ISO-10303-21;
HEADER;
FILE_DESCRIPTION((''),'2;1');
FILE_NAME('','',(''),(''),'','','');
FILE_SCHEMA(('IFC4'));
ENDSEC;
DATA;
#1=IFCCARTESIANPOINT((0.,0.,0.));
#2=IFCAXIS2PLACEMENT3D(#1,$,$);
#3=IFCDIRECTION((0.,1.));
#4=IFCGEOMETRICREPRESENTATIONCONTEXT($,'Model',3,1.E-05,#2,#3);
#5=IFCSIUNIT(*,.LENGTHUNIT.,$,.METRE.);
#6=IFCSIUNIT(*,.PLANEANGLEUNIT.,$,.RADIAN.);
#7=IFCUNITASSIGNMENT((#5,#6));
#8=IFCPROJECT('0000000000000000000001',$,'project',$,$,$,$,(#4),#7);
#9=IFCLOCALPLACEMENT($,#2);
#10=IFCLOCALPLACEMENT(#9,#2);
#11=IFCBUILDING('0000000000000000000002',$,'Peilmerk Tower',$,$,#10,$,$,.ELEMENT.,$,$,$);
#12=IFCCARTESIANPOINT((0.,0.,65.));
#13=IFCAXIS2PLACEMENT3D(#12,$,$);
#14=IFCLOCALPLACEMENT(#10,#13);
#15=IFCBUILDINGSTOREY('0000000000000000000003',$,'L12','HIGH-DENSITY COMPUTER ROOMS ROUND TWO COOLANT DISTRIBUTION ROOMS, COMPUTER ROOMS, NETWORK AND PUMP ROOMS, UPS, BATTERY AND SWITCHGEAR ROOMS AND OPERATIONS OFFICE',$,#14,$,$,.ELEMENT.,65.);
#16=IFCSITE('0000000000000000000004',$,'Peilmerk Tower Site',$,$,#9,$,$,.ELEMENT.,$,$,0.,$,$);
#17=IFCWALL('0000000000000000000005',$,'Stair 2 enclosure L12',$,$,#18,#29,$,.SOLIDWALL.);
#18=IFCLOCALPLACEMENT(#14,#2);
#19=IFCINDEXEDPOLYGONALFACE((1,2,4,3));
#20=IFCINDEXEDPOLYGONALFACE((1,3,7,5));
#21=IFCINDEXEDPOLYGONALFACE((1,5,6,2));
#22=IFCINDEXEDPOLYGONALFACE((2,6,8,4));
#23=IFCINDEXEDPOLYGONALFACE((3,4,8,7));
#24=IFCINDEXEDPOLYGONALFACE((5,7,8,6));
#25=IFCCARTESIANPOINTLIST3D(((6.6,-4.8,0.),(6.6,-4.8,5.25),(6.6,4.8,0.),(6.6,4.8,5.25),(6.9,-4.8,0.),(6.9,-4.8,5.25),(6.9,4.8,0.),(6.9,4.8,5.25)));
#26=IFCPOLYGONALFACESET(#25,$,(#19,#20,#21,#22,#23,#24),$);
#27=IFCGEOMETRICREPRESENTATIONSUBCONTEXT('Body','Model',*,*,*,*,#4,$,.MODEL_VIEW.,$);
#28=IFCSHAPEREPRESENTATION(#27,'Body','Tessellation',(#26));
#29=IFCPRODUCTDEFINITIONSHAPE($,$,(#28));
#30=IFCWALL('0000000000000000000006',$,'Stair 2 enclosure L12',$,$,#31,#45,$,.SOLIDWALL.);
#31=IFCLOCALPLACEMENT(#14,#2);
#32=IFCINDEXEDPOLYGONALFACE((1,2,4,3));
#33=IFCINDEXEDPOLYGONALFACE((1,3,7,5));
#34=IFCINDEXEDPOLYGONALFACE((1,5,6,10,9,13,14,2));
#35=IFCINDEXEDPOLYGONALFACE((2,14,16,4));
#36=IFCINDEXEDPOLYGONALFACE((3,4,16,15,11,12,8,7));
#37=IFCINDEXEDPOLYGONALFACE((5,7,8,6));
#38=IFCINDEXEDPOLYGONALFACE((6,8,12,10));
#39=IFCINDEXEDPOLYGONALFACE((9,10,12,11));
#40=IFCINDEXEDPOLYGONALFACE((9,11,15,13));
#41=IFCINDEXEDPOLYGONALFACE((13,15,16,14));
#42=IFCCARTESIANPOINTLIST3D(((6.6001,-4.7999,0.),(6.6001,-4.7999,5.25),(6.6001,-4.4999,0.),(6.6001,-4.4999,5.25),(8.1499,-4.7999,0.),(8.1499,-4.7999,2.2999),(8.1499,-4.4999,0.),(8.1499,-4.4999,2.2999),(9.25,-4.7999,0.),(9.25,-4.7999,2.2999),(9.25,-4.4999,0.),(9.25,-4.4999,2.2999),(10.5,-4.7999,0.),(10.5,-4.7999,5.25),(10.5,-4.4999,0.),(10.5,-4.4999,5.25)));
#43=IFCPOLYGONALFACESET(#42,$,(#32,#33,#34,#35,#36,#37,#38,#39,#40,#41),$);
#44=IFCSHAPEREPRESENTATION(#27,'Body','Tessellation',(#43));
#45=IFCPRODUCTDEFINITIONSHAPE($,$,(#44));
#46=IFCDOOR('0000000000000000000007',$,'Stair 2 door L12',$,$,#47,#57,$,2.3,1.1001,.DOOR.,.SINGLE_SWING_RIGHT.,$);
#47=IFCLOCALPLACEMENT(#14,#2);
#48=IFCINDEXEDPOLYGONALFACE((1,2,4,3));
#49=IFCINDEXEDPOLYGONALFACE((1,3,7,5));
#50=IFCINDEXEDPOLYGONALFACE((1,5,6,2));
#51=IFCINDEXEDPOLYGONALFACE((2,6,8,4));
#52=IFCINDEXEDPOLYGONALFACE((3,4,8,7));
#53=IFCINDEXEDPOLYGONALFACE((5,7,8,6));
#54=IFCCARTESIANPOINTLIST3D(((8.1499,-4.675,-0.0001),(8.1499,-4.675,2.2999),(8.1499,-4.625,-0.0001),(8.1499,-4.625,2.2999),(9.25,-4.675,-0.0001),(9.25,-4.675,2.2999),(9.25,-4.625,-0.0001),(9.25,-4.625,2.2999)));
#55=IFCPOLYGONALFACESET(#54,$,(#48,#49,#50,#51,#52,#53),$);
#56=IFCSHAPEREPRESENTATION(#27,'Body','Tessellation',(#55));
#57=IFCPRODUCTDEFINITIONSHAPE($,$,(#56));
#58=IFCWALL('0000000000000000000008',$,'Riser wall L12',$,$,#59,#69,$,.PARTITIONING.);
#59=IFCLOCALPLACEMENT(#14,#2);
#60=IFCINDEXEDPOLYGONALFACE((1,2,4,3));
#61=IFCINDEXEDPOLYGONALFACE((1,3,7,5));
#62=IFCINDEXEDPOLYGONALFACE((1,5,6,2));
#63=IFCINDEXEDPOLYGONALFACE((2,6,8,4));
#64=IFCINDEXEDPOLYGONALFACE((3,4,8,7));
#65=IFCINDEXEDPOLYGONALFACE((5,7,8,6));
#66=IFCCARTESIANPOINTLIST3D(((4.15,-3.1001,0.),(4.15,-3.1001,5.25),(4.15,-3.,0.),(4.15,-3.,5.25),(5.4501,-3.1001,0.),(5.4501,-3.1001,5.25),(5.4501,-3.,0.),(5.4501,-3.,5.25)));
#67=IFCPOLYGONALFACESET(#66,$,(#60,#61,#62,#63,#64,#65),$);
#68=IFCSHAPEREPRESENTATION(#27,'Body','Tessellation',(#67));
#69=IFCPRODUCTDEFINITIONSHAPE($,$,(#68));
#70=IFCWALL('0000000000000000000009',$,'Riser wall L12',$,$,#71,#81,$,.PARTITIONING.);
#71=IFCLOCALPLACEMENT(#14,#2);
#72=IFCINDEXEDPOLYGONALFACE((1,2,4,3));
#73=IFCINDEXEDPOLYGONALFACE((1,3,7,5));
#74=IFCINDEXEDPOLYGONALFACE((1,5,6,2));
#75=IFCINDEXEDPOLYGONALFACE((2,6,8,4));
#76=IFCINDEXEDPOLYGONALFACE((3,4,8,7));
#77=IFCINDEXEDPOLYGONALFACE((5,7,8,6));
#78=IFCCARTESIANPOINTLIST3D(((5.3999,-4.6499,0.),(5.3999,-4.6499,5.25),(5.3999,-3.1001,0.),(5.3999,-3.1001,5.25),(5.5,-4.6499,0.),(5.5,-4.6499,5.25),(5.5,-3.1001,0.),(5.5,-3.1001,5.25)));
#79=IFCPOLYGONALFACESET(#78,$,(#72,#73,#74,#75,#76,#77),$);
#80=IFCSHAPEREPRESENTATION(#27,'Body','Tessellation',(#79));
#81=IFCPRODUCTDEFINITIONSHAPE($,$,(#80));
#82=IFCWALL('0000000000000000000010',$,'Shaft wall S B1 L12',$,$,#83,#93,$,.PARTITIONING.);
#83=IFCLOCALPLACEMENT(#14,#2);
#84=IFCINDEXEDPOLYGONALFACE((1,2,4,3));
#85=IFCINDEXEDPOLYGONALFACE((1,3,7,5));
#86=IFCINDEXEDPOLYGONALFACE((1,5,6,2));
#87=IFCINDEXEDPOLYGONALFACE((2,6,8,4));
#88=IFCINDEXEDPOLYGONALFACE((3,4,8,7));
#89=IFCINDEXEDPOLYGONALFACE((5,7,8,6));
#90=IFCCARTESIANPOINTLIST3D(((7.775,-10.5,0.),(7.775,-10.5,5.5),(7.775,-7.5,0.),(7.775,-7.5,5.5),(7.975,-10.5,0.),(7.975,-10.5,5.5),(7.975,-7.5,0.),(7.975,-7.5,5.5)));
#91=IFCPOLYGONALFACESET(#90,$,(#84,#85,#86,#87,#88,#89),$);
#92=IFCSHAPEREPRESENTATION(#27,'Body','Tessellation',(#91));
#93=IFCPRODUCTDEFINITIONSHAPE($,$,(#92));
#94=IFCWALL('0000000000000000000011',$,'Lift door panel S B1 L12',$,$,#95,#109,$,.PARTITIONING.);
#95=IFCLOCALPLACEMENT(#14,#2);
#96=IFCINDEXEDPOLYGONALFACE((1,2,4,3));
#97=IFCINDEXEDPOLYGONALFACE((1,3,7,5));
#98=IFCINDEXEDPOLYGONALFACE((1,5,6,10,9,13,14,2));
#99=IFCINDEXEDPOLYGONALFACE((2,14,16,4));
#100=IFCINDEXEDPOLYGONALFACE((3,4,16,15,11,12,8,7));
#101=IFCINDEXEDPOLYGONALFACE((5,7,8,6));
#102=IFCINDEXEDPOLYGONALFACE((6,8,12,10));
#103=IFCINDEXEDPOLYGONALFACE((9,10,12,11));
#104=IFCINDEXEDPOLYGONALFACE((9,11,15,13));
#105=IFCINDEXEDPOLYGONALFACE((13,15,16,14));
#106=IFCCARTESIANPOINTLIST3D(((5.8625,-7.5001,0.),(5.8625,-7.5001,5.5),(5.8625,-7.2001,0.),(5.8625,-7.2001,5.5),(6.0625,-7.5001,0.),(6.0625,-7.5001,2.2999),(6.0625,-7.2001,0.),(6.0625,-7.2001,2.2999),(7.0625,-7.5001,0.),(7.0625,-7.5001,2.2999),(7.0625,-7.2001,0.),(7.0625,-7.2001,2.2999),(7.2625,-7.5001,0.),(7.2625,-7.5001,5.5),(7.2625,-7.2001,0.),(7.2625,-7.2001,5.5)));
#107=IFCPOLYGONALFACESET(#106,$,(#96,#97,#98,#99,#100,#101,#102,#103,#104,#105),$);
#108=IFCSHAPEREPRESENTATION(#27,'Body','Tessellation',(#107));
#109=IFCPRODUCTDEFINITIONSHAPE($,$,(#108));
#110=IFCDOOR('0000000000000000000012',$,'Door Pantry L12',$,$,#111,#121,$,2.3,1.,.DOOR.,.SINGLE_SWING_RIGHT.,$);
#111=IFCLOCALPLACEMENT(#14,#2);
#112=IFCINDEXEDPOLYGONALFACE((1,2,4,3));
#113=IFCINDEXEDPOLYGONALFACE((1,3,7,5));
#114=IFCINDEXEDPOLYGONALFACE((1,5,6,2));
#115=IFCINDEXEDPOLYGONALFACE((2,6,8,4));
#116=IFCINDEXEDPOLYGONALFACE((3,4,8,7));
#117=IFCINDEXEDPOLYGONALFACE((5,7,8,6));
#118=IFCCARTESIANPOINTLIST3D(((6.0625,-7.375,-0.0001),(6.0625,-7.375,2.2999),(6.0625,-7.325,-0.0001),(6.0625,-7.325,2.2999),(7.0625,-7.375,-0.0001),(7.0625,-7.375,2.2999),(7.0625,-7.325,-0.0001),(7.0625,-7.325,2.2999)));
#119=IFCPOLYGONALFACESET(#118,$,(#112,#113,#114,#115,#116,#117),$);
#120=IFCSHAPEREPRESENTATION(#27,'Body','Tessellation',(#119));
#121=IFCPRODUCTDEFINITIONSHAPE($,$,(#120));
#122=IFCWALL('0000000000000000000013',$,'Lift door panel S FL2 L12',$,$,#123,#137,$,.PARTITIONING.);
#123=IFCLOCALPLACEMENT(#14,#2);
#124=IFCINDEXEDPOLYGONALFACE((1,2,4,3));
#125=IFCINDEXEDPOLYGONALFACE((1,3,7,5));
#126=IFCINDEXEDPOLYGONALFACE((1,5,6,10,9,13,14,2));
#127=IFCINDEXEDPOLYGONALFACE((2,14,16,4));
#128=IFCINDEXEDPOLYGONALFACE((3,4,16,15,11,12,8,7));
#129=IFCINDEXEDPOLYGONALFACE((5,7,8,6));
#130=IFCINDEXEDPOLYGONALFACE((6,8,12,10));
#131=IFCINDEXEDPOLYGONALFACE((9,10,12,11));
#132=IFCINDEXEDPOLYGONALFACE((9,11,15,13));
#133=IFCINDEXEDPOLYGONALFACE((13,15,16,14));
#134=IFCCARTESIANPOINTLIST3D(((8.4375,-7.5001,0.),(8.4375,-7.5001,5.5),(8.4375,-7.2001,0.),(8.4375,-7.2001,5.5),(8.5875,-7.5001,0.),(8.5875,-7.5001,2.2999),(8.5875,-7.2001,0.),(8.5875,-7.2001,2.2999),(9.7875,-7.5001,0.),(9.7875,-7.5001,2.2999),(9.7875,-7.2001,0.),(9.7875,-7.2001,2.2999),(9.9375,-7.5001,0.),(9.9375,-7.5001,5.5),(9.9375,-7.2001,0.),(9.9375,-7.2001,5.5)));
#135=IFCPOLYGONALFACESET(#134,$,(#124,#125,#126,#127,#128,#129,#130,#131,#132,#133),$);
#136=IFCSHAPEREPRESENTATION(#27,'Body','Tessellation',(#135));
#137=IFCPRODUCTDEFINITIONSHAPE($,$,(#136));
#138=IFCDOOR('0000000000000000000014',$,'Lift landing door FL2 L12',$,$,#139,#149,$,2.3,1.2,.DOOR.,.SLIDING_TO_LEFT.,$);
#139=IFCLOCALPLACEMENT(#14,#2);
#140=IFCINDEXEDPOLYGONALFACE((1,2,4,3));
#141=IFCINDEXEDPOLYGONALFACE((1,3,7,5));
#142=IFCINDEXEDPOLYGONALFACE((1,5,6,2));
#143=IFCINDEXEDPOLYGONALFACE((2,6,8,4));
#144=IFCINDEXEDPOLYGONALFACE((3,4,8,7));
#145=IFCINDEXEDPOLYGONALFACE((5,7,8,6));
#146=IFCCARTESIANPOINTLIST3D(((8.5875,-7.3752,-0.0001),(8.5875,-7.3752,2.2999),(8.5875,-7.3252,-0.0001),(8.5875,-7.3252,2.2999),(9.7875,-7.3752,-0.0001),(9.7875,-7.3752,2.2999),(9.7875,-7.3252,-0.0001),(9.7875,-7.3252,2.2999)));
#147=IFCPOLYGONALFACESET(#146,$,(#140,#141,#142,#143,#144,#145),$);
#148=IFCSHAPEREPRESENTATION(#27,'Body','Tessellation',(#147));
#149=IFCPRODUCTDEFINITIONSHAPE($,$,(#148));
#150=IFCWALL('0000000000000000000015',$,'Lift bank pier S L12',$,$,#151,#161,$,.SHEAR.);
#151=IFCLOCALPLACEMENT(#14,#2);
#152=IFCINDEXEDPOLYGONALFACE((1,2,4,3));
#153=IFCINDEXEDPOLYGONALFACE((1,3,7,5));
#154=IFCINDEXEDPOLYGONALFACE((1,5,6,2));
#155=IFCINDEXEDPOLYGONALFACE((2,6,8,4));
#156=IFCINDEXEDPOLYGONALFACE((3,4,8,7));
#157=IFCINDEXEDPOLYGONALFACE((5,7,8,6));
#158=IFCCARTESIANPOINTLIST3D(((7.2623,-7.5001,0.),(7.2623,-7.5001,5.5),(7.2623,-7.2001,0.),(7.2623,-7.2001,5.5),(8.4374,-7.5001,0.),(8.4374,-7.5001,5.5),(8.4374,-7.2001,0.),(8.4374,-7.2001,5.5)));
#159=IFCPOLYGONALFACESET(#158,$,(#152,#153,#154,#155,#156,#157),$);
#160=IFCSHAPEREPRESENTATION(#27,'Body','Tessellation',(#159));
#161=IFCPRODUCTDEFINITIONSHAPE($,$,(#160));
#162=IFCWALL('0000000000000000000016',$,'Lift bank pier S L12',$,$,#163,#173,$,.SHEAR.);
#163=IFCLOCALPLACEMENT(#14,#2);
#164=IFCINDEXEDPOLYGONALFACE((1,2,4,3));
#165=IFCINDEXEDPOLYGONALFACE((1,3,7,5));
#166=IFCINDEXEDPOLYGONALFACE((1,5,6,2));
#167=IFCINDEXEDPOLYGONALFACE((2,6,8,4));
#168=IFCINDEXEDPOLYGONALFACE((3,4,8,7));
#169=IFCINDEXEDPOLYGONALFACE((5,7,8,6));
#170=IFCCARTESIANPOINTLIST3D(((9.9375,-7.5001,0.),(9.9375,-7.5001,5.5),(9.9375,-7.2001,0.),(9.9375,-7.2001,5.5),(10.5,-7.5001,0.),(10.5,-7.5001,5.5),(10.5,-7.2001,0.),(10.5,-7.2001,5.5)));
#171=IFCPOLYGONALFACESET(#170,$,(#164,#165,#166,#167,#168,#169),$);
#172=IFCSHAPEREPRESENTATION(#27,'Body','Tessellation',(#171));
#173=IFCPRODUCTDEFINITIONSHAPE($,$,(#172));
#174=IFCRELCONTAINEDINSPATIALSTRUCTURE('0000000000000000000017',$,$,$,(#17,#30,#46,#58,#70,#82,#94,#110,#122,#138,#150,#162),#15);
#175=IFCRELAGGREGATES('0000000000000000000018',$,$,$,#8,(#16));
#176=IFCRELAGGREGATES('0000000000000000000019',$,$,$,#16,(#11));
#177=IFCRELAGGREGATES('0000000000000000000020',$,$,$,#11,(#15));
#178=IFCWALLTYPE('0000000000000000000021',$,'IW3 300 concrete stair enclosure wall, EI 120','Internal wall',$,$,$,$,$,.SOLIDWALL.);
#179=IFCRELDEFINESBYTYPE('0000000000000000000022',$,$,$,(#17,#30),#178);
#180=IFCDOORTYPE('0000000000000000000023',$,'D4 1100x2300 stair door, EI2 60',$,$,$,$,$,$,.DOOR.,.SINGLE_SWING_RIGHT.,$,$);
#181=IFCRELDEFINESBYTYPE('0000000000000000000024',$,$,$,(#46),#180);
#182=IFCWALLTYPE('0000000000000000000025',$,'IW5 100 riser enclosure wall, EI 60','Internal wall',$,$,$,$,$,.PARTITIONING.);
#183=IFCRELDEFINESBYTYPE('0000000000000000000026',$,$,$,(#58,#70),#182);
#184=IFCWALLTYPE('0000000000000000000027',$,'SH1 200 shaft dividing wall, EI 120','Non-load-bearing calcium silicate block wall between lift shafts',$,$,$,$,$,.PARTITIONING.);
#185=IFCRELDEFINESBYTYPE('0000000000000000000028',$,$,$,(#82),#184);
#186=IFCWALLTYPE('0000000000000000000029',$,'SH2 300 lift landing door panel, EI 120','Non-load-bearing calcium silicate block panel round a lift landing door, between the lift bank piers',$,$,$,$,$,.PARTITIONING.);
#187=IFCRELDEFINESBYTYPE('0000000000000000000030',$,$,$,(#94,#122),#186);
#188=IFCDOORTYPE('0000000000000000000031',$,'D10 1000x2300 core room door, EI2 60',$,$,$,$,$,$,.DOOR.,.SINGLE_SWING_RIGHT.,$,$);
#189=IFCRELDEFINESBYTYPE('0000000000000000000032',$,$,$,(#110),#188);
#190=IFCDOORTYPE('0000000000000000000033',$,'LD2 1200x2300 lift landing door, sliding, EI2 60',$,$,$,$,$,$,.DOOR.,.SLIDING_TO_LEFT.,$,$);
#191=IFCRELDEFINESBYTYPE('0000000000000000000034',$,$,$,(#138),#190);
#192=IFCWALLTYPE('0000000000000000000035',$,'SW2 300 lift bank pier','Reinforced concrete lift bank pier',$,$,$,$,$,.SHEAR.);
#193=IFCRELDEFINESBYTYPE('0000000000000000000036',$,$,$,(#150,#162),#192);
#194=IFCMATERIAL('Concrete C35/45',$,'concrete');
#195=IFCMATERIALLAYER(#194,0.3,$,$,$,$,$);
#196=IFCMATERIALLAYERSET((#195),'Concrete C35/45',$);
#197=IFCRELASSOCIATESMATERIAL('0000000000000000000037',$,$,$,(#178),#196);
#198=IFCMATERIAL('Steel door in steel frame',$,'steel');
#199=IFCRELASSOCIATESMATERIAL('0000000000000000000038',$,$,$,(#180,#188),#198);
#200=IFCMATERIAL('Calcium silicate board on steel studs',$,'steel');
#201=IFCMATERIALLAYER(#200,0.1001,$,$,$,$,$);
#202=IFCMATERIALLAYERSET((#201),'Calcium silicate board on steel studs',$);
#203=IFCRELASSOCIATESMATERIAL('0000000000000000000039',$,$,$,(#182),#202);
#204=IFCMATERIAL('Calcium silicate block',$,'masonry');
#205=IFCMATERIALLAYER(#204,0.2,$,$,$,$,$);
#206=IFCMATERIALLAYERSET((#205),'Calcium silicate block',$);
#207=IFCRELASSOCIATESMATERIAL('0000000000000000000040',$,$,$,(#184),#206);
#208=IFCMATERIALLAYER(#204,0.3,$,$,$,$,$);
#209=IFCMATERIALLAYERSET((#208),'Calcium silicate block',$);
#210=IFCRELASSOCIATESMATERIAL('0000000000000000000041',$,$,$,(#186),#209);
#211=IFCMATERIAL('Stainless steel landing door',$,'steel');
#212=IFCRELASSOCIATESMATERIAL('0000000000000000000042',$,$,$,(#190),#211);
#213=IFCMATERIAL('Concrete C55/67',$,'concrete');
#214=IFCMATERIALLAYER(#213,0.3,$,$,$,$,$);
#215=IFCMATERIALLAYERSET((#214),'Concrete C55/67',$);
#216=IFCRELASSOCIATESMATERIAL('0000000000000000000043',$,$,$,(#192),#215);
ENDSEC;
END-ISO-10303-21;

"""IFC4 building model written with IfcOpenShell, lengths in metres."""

from ifc_helpers import new_model, si_unit, direction, frame, frame_2d, origin, place, context, subcontext, project, spatial, rectangle, extrude, material, layer, layer_set, type_object, element, fill, save


model = new_model("IFC4")

# Units and contexts
model_context = context("Model", 3, precision=1e-05, world=origin(), true_north=direction((0.0, 1.0)))
body_context = subcontext(model_context, "Body", "Model", "MODEL_VIEW")
ifc_project = project(units=[si_unit("LENGTHUNIT", "METRE"), si_unit("PLANEANGLEUNIT", "RADIAN")], contexts=[model_context])

# Site, building, storey
site_placement = place(None, origin())
site = spatial("IfcSite", under=ifc_project, at=site_placement, Name="Peilmerk Tower Site", CompositionType="ELEMENT", RefElevation=0.0)
building_placement = place(site_placement, origin())
building = spatial("IfcBuilding", under=site, at=building_placement, Name="Peilmerk Tower", CompositionType="ELEMENT")
storey_placement = place(building_placement, frame((0.0, 0.0, 65.0)))
storey = spatial("IfcBuildingStorey", under=building, at=storey_placement, Name="L12", Description="HIGH-DENSITY COMPUTER ROOMS ROUND TWO COOLANT DISTRIBUTION ROOMS, COMPUTER ROOMS, NETWORK AND PUMP ROOMS, UPS, BATTERY AND SWITCHGEAR ROOMS AND OPERATIONS OFFICE", CompositionType="ELEMENT", Elevation=65.0)

# Wall
ifc_material_1 = material(Name="Concrete C35/45", Category="concrete")
ifc_layer_1 = layer(ifc_material_1, 0.3)
ifc_layer_set_1 = layer_set([ifc_layer_1], Name="Concrete C35/45")
wall_type_1 = type_object("IfcWallType", Name="IW3 300 concrete stair enclosure wall, EI 120", Description="Internal wall", PredefinedType="SOLIDWALL", material=ifc_layer_set_1)
wall_1_placement = place(storey_placement, frame((6.75, -4.8, 0.0), z_axis=(0.0, 0.0, 1.0), x_axis=(0.0, 1.0, 0.0)))
element("IfcWall", 1, at=wall_1_placement, inside=storey, type_object=wall_type_1, Name="Stair 2 enclosure L12", PredefinedType="SOLIDWALL", context=body_context, shape_type="SweptSolid", body=[
    extrude(rectangle(XDim=9.6001, YDim=0.3, at=frame_2d((4.8, 0.0))), origin(), (0.0, 0.0, 1.0), 5.25),
])

# Wall, opening, door
wall_2_placement = place(storey_placement, frame((10.5, -4.6499, 0.0), z_axis=(0.0, 0.0, 1.0), x_axis=(-1.0, 0.0, 0.0)))
wall_2 = element("IfcWall", 2, at=wall_2_placement, inside=storey, type_object=wall_type_1, Name="Stair 2 enclosure L12", PredefinedType="SOLIDWALL", context=body_context, shape_type="SweptSolid", body=[
    extrude(rectangle(XDim=3.8999, YDim=0.3, at=frame_2d((1.95, 0.0))), origin(), (0.0, 0.0, 1.0), 5.25),
])
opening_1_placement = place(wall_2_placement, frame((1.25, 0.0, 0.0)))
opening_1 = element("IfcOpeningElement", 3, at=opening_1_placement, cuts=wall_2, PredefinedType="OPENING", context=body_context, shape_type="SweptSolid", body=[
    extrude(rectangle(XDim=1.1001, YDim=2.3, at=frame_2d((0.55, 1.1499))), frame((0.0, 0.1599, 0.0), z_axis=(0.0, -1.0, 0.0), x_axis=(1.0, 0.0, 0.0)), (0.0, 0.0, 1.0), 0.3201),
])
ifc_material_2 = material(Name="Steel door in steel frame", Category="steel")
door_type_1 = type_object("IfcDoorType", Name="D4 1100x2300 stair door, EI2 60", OperationType="SINGLE_SWING_RIGHT", PredefinedType="DOOR", material=ifc_material_2)
door_1_placement = place(opening_1_placement, frame((1.1001, 0.0, 0.0), z_axis=(0.0, 0.0, 1.0), x_axis=(-1.0, 0.0, 0.0)))
door_1 = element("IfcDoor", 4, at=door_1_placement, inside=storey, type_object=door_type_1, Name="Stair 2 door L12", OperationType="SINGLE_SWING_RIGHT", OverallHeight=2.3, OverallWidth=1.1001, PredefinedType="DOOR", context=body_context, shape_type="SweptSolid", body=[
    extrude(rectangle(XDim=1.1001, YDim=2.3, at=frame_2d((0.55, 1.1499))), frame((0.0, 0.0249, 0.0), z_axis=(0.0, -1.0, 0.0), x_axis=(1.0, 0.0, 0.0)), (0.0, 0.0, 1.0), 0.05),
])
fill(opening_1, door_1)

# Walls
ifc_material_3 = material(Name="Calcium silicate board on steel studs", Category="steel")
ifc_layer_2 = layer(ifc_material_3, 0.1001)
ifc_layer_set_2 = layer_set([ifc_layer_2], Name="Calcium silicate board on steel studs")
wall_type_2 = type_object("IfcWallType", Name="IW5 100 riser enclosure wall, EI 60", Description="Internal wall", PredefinedType="PARTITIONING", material=ifc_layer_set_2)
wall_3_placement = place(storey_placement, frame((5.45, -3.05, 0.0), z_axis=(0.0, 0.0, 1.0), x_axis=(-1.0, 0.0, 0.0)))
element("IfcWall", 5, at=wall_3_placement, inside=storey, type_object=wall_type_2, Name="Riser wall L12", PredefinedType="PARTITIONING", context=body_context, shape_type="SweptSolid", body=[
    extrude(rectangle(XDim=1.3, YDim=0.1001, at=frame_2d((0.6499, 0.0))), origin(), (0.0, 0.0, 1.0), 5.25),
])
wall_4_placement = place(storey_placement, frame((5.45, -3.1001, 0.0), z_axis=(0.0, 0.0, 1.0), x_axis=(0.0, -1.0, 0.0)))
element("IfcWall", 6, at=wall_4_placement, inside=storey, type_object=wall_type_2, Name="Riser wall L12", PredefinedType="PARTITIONING", context=body_context, shape_type="SweptSolid", body=[
    extrude(rectangle(XDim=1.5498, YDim=0.1001, at=frame_2d((0.7749, 0.0))), origin(), (0.0, 0.0, 1.0), 5.25),
])
ifc_material_4 = material(Name="Calcium silicate block", Category="masonry")
ifc_layer_3 = layer(ifc_material_4, 0.2)
ifc_layer_set_3 = layer_set([ifc_layer_3], Name="Calcium silicate block")
wall_type_3 = type_object("IfcWallType", Name="SH1 200 shaft dividing wall, EI 120", Description="Non-load-bearing calcium silicate block wall between lift shafts", PredefinedType="PARTITIONING", material=ifc_layer_set_3)
wall_5_placement = place(storey_placement, frame((7.875, -10.5, 0.0), z_axis=(0.0, 0.0, 1.0), x_axis=(0.0, 1.0, 0.0)))
element("IfcWall", 7, at=wall_5_placement, inside=storey, type_object=wall_type_3, Name="Shaft wall S B1 L12", PredefinedType="PARTITIONING", context=body_context, shape_type="SweptSolid", body=[
    extrude(rectangle(XDim=3.0, YDim=0.2, at=frame_2d((1.5, 0.0))), origin(), (0.0, 0.0, 1.0), 5.5),
])

# Walls, openings, doors
ifc_layer_4 = layer(ifc_material_4, 0.3)
ifc_layer_set_4 = layer_set([ifc_layer_4], Name="Calcium silicate block")
wall_type_4 = type_object("IfcWallType", Name="SH2 300 lift landing door panel, EI 120", Description="Non-load-bearing calcium silicate block panel round a lift landing door, between the lift bank piers", PredefinedType="PARTITIONING", material=ifc_layer_set_4)
wall_6_placement = place(storey_placement, frame((5.8625, -7.3501, 0.0), z_axis=(0.0, 0.0, 1.0), x_axis=(1.0, 0.0, 0.0)))
wall_6 = element("IfcWall", 8, at=wall_6_placement, inside=storey, type_object=wall_type_4, Name="Lift door panel S B1 L12", PredefinedType="PARTITIONING", context=body_context, shape_type="SweptSolid", body=[
    extrude(rectangle(XDim=1.3999, YDim=0.3, at=frame_2d((0.7, 0.0))), origin(), (0.0, 0.0, 1.0), 5.5),
])
opening_2_placement = place(wall_6_placement, frame((0.2, 0.0, 0.0)))
opening_2 = element("IfcOpeningElement", 9, at=opening_2_placement, cuts=wall_6, PredefinedType="OPENING", context=body_context, shape_type="SweptSolid", body=[
    extrude(rectangle(XDim=1.0, YDim=2.3, at=frame_2d((0.5, 1.1499))), frame((0.0, 0.1599, 0.0), z_axis=(0.0, -1.0, 0.0), x_axis=(1.0, 0.0, 0.0)), (0.0, 0.0, 1.0), 0.3201),
])
door_type_2 = type_object("IfcDoorType", Name="D10 1000x2300 core room door, EI2 60", OperationType="SINGLE_SWING_RIGHT", PredefinedType="DOOR", material=ifc_material_2)
door_2_placement = place(opening_2_placement, frame((1.0, 0.0, 0.0), z_axis=(0.0, 0.0, 1.0), x_axis=(-1.0, 0.0, 0.0)))
door_2 = element("IfcDoor", 10, at=door_2_placement, inside=storey, type_object=door_type_2, Name="Door Pantry L12", OperationType="SINGLE_SWING_RIGHT", OverallHeight=2.3, OverallWidth=1.0, PredefinedType="DOOR", context=body_context, shape_type="SweptSolid", body=[
    extrude(rectangle(XDim=1.0, YDim=2.3, at=frame_2d((0.5, 1.1499))), frame((0.0, 0.0249, 0.0), z_axis=(0.0, -1.0, 0.0), x_axis=(1.0, 0.0, 0.0)), (0.0, 0.0, 1.0), 0.05),
])
fill(opening_2, door_2)
wall_7_placement = place(storey_placement, frame((8.4375, -7.3501, 0.0), z_axis=(0.0, 0.0, 1.0), x_axis=(1.0, 0.0, 0.0)))
wall_7 = element("IfcWall", 11, at=wall_7_placement, inside=storey, type_object=wall_type_4, Name="Lift door panel S FL2 L12", PredefinedType="PARTITIONING", context=body_context, shape_type="SweptSolid", body=[
    extrude(rectangle(XDim=1.5, YDim=0.3, at=frame_2d((0.75, 0.0))), origin(), (0.0, 0.0, 1.0), 5.5),
])
opening_3_placement = place(wall_7_placement, frame((0.1499, 0.0, 0.0)))
opening_3 = element("IfcOpeningElement", 12, at=opening_3_placement, cuts=wall_7, PredefinedType="OPENING", context=body_context, shape_type="SweptSolid", body=[
    extrude(rectangle(XDim=1.2, YDim=2.3, at=frame_2d((0.6001, 1.1499))), frame((0.0, 0.1599, 0.0), z_axis=(0.0, -1.0, 0.0), x_axis=(1.0, 0.0, 0.0)), (0.0, 0.0, 1.0), 0.3201),
])
ifc_material_5 = material(Name="Stainless steel landing door", Category="steel")
door_type_3 = type_object("IfcDoorType", Name="LD2 1200x2300 lift landing door, sliding, EI2 60", OperationType="SLIDING_TO_LEFT", PredefinedType="DOOR", material=ifc_material_5)
door_3_placement = place(opening_3_placement, origin())
door_3 = element("IfcDoor", 13, at=door_3_placement, inside=storey, type_object=door_type_3, Name="Lift landing door FL2 L12", OperationType="SLIDING_TO_LEFT", OverallHeight=2.3, OverallWidth=1.2, PredefinedType="DOOR", context=body_context, shape_type="SweptSolid", body=[
    extrude(rectangle(XDim=1.2, YDim=2.3, at=frame_2d((0.6001, 1.1499))), frame((0.0, 0.0249, 0.0), z_axis=(0.0, -1.0, 0.0), x_axis=(1.0, 0.0, 0.0)), (0.0, 0.0, 1.0), 0.05),
])
fill(opening_3, door_3)

# Walls
ifc_material_6 = material(Name="Concrete C55/67", Category="concrete")
ifc_layer_5 = layer(ifc_material_6, 0.3)
ifc_layer_set_5 = layer_set([ifc_layer_5], Name="Concrete C55/67")
wall_type_5 = type_object("IfcWallType", Name="SW2 300 lift bank pier", Description="Reinforced concrete lift bank pier", PredefinedType="SHEAR", material=ifc_layer_set_5)
wall_8_placement = place(storey_placement, frame((7.2625, -7.3501, 0.0), z_axis=(0.0, 0.0, 1.0), x_axis=(1.0, 0.0, 0.0)))
element("IfcWall", 14, at=wall_8_placement, inside=storey, type_object=wall_type_5, Name="Lift bank pier S L12", PredefinedType="SHEAR", context=body_context, shape_type="SweptSolid", body=[
    extrude(rectangle(XDim=1.175, YDim=0.3, at=frame_2d((0.5874, 0.0))), origin(), (0.0, 0.0, 1.0), 5.5),
])
wall_9_placement = place(storey_placement, frame((9.9375, -7.3501, 0.0), z_axis=(0.0, 0.0, 1.0), x_axis=(1.0, 0.0, 0.0)))
element("IfcWall", 15, at=wall_9_placement, inside=storey, type_object=wall_type_5, Name="Lift bank pier S L12", PredefinedType="SHEAR", context=body_context, shape_type="SweptSolid", body=[
    extrude(rectangle(XDim=0.5625, YDim=0.3, at=frame_2d((0.2812, 0.0))), origin(), (0.0, 0.0, 1.0), 5.5),
])

save(model, "model.ifc")
